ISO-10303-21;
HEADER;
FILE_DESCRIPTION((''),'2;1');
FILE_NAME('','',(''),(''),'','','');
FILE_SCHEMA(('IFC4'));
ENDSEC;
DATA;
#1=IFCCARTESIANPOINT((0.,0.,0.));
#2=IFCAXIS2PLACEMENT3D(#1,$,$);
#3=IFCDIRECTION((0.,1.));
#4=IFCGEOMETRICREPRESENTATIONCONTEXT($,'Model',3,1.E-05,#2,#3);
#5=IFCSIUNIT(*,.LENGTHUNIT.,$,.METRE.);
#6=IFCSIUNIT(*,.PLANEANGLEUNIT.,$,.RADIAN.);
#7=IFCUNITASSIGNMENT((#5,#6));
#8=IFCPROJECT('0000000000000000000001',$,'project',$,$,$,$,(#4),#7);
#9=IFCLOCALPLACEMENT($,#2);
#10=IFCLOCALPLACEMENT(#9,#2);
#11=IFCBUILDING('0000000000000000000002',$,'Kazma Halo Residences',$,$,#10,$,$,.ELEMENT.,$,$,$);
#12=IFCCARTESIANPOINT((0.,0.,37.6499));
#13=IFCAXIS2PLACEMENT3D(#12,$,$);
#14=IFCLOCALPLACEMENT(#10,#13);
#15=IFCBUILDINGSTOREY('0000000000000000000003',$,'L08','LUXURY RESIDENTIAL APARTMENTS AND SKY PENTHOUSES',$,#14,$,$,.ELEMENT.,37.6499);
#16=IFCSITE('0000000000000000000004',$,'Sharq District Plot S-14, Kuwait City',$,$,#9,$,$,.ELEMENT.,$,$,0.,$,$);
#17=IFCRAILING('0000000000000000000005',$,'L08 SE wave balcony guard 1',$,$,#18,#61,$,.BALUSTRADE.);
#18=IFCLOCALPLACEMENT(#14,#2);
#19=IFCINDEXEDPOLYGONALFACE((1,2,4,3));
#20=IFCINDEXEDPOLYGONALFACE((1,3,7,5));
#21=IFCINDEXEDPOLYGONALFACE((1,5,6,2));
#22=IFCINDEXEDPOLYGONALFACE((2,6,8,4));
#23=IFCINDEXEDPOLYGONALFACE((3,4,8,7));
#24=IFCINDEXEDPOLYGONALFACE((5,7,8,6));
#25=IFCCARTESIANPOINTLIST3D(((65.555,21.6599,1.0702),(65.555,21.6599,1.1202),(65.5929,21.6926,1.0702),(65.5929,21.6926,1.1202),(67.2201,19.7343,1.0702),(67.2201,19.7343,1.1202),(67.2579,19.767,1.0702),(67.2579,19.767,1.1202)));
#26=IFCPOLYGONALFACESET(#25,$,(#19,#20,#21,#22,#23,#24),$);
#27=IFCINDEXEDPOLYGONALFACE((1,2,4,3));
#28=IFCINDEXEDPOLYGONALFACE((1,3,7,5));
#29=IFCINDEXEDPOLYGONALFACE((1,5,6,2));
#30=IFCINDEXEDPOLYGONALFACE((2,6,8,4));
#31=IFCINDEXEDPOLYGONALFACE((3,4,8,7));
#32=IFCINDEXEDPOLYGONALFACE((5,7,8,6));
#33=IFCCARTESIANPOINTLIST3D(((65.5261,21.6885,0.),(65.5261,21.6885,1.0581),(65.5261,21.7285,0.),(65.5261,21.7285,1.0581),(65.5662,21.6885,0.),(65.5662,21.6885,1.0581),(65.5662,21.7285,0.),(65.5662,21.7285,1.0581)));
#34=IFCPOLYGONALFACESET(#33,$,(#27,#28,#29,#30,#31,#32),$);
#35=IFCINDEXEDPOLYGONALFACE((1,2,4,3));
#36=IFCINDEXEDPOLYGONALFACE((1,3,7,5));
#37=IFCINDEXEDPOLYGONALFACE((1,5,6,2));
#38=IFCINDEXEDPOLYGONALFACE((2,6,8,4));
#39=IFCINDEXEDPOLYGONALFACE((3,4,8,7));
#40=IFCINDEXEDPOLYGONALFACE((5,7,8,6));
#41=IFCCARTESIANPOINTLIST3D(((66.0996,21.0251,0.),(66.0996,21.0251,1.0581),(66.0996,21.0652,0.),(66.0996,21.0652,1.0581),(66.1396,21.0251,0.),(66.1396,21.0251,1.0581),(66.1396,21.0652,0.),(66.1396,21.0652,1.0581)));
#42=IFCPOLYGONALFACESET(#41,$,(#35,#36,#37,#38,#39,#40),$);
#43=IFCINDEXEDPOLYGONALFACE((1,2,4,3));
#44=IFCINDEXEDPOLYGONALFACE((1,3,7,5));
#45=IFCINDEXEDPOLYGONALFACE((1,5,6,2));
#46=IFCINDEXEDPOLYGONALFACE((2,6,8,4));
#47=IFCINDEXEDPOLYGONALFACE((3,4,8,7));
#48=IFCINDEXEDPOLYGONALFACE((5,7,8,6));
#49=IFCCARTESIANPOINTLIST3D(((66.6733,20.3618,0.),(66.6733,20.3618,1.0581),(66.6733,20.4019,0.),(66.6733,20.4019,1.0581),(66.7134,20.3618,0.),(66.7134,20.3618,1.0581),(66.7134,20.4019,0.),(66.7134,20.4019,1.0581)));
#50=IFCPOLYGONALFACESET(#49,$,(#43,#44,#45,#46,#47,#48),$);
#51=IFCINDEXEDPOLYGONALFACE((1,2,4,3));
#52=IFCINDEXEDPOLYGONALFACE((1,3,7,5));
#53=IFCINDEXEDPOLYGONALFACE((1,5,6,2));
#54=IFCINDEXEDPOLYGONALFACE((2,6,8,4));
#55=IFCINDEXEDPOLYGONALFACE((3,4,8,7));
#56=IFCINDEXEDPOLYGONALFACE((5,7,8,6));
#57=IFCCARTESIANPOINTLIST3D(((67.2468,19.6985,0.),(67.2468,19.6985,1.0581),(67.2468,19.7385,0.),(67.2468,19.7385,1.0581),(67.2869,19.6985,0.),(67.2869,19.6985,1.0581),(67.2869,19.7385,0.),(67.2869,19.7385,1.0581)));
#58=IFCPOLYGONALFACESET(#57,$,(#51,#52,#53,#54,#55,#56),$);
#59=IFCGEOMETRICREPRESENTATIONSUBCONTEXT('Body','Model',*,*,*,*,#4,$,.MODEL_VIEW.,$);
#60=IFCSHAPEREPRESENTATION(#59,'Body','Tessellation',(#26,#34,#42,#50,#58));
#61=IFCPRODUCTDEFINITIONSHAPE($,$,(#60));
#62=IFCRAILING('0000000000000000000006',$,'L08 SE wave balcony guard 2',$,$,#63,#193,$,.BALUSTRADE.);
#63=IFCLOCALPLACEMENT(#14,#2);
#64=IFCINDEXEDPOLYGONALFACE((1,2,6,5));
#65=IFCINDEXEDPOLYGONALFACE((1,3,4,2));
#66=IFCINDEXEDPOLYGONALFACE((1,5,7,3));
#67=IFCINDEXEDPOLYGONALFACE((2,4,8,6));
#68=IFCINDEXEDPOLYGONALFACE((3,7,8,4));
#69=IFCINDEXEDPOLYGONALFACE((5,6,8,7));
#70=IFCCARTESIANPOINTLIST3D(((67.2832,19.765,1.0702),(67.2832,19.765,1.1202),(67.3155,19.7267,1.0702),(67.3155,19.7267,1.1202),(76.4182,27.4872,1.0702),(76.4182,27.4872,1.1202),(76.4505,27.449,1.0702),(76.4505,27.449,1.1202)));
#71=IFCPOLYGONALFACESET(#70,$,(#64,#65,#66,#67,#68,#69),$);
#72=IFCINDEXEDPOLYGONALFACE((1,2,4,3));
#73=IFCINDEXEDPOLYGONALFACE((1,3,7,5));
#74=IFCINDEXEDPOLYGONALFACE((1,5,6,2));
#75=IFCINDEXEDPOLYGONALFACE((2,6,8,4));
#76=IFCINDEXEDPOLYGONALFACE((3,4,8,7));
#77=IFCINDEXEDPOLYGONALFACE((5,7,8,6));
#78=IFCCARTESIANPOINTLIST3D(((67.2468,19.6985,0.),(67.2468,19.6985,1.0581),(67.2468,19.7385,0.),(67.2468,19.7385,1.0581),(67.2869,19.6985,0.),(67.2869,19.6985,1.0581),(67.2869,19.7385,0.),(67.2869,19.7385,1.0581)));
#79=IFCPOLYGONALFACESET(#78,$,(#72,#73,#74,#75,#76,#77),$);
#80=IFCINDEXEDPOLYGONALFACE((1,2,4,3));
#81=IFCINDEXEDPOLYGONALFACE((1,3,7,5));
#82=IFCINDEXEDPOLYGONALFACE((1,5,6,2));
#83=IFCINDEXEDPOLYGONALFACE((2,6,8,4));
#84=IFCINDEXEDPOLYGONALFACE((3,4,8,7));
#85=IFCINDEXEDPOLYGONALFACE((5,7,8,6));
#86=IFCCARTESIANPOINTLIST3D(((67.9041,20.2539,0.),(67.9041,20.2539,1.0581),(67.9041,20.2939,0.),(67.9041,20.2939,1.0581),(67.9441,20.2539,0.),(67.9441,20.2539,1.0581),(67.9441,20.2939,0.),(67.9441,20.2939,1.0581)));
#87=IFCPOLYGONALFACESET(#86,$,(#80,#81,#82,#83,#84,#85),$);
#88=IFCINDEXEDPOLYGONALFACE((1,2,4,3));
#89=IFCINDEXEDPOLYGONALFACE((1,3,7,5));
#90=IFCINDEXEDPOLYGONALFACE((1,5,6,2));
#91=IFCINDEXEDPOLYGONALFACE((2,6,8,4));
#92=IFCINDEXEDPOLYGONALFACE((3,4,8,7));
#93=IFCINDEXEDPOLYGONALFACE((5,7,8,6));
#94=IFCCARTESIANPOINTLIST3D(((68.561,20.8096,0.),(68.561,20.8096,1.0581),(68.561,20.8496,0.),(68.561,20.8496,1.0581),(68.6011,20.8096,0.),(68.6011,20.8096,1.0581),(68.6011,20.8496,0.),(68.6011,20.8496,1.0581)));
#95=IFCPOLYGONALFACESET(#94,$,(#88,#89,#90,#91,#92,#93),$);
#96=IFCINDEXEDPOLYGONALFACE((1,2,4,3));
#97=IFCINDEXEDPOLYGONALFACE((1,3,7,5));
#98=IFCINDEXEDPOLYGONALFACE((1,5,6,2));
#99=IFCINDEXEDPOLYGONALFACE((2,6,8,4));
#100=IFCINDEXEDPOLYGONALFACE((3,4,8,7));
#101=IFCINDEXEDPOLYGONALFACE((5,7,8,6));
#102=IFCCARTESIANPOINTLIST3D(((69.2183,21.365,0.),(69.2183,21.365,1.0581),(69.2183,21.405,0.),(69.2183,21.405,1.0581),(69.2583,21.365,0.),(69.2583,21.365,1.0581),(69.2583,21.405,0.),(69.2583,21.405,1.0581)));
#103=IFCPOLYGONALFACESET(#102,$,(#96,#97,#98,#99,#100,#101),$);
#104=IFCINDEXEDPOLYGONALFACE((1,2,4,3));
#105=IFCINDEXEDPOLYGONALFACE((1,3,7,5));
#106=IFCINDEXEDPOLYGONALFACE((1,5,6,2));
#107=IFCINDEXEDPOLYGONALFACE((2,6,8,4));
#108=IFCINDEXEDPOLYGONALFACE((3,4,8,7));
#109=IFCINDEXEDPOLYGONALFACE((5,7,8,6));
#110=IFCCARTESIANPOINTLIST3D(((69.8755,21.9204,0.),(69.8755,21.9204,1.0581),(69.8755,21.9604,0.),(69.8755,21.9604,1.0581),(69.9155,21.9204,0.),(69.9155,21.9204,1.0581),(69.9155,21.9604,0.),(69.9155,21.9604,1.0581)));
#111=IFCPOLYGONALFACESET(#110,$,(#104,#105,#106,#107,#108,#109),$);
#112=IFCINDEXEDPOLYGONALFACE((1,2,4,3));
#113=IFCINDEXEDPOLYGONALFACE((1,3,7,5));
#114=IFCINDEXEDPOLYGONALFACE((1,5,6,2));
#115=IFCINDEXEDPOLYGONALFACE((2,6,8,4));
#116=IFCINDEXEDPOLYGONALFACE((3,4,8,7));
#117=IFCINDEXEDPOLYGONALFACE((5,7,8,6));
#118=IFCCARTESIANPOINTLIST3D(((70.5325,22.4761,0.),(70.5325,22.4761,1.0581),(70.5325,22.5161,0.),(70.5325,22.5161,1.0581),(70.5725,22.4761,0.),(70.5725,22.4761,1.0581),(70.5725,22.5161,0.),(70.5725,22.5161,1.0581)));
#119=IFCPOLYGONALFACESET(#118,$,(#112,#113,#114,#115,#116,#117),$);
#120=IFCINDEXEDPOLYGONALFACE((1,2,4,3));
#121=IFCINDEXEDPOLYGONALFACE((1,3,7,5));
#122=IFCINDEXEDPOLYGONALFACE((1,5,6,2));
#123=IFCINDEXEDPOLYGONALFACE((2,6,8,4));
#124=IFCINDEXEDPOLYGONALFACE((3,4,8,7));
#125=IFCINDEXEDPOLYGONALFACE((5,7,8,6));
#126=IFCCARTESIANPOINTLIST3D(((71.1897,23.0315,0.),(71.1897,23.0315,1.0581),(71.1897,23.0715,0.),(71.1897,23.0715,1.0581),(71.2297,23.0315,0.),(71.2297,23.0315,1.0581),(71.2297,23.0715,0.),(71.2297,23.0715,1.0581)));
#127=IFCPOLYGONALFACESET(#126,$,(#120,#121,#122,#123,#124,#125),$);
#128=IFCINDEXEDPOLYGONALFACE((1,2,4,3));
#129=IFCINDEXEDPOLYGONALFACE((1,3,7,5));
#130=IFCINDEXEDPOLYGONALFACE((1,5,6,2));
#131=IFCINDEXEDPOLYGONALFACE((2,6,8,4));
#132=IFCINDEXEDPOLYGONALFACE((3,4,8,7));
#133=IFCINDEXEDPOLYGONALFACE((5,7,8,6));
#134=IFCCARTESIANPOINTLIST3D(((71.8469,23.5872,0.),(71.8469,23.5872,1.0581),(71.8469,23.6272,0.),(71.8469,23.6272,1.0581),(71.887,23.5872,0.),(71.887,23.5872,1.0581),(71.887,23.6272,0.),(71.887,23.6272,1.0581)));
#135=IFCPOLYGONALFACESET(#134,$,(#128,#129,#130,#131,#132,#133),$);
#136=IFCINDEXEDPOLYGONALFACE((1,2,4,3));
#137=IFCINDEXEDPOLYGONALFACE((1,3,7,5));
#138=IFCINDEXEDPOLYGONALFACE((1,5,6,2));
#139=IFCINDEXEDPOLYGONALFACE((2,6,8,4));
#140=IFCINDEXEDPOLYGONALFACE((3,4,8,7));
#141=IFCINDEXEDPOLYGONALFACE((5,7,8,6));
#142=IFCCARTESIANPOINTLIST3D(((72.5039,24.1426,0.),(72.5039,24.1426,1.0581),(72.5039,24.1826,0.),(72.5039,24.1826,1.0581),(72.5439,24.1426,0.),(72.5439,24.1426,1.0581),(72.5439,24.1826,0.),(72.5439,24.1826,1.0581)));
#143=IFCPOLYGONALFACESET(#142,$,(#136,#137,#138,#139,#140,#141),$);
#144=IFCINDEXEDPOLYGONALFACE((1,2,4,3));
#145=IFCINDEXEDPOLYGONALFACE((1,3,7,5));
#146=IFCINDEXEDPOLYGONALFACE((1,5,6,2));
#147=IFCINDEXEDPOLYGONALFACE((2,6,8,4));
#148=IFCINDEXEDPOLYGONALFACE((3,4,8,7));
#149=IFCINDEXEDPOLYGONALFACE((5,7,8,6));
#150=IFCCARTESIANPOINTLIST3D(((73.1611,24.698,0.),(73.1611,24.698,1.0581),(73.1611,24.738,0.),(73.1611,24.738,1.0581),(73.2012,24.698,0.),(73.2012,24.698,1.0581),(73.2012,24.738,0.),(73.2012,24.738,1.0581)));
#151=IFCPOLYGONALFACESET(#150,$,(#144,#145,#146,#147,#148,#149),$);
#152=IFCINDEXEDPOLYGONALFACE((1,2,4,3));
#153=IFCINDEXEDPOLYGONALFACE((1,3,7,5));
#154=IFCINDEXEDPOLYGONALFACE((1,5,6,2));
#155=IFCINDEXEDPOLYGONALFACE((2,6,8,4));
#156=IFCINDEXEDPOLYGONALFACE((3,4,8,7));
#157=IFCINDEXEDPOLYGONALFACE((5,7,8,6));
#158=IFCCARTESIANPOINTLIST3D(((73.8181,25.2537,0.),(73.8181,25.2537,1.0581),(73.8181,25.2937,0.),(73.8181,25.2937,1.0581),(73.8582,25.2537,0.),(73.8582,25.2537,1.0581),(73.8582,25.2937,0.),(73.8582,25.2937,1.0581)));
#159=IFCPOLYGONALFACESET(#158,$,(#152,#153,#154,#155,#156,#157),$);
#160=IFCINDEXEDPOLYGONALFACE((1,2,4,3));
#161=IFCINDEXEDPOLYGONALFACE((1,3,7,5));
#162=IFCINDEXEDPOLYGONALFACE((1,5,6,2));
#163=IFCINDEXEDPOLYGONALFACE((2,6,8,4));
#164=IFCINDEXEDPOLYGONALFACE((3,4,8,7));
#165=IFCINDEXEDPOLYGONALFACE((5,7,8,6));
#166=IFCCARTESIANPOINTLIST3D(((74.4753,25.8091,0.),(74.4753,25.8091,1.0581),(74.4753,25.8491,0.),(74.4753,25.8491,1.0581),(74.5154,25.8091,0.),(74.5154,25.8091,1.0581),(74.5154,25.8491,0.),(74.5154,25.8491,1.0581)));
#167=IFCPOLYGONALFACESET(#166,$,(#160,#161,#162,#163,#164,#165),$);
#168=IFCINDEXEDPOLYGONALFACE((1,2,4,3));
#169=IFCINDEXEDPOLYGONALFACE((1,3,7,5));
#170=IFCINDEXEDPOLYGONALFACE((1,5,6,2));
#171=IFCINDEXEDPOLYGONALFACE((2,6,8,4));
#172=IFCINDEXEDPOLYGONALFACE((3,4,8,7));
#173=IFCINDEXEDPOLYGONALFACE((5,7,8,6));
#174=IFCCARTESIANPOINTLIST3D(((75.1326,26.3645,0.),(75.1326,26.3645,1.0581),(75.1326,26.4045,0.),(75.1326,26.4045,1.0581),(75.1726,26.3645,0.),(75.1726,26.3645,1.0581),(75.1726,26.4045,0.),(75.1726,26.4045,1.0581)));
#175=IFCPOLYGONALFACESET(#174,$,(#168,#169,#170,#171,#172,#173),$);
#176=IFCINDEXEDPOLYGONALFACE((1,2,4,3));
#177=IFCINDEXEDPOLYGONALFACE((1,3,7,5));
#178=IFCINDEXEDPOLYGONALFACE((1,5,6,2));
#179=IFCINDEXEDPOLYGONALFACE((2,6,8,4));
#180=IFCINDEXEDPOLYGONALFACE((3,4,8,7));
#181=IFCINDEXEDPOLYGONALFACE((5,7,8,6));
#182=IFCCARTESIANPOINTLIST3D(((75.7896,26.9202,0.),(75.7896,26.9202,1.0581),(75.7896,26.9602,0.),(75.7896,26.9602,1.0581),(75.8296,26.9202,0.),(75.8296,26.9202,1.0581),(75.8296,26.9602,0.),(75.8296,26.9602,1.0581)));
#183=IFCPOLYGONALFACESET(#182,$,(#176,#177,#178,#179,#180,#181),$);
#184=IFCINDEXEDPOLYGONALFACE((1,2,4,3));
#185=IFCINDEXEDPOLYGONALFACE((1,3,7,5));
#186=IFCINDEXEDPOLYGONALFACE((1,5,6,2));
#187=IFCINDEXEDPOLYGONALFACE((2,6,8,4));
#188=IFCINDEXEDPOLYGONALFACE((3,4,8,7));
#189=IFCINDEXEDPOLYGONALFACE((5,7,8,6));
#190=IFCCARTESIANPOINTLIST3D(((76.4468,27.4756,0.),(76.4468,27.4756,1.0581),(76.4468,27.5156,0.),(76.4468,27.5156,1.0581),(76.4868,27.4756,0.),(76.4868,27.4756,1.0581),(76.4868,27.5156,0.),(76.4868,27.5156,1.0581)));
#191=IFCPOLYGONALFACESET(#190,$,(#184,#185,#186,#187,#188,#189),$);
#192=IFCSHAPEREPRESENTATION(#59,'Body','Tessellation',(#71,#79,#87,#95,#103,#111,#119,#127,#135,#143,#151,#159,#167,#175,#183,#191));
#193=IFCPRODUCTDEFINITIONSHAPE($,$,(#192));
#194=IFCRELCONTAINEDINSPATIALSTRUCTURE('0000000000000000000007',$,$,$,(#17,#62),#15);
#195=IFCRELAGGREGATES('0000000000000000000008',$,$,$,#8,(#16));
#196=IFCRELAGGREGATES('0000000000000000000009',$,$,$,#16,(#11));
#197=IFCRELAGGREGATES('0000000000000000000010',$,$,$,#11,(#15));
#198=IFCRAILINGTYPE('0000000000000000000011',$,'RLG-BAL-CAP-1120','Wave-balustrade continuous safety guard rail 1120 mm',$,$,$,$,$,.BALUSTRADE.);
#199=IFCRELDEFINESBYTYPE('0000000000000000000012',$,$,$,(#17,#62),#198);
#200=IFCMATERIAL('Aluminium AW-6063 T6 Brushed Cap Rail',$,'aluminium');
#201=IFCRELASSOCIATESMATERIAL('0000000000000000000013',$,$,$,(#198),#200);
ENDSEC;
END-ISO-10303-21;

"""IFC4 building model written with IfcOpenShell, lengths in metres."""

from ifc_helpers import new_model, si_unit, direction, frame, origin, origin_2d, place, context, subcontext, project, spatial, rectangle, extrude, material, type_object, element, save


model = new_model("IFC4")

# Units and contexts
model_context = context("Model", 3, precision=1e-05, world=origin(), true_north=direction((0.0, 1.0)))
body_context = subcontext(model_context, "Body", "Model", "MODEL_VIEW")
ifc_project = project(units=[si_unit("LENGTHUNIT", "METRE"), si_unit("PLANEANGLEUNIT", "RADIAN")], contexts=[model_context])

# Site, building, storey
site_placement = place(None, origin())
site = spatial("IfcSite", under=ifc_project, at=site_placement, Name="Sharq District Plot S-14, Kuwait City", CompositionType="ELEMENT", RefElevation=0.0)
building_placement = place(site_placement, origin())
building = spatial("IfcBuilding", under=site, at=building_placement, Name="Kazma Halo Residences", CompositionType="ELEMENT")
storey_placement = place(building_placement, frame((0.0, 0.0, 37.6499)))
storey = spatial("IfcBuildingStorey", under=building, at=storey_placement, Name="L08", Description="LUXURY RESIDENTIAL APARTMENTS AND SKY PENTHOUSES", CompositionType="ELEMENT", Elevation=37.6499)

# Railings
ifc_material_1 = material(Name="Aluminium AW-6063 T6 Brushed Cap Rail", Category="aluminium")
railing_type = type_object("IfcRailingType", Name="RLG-BAL-CAP-1120", Description="Wave-balustrade continuous safety guard rail 1120 mm", PredefinedType="BALUSTRADE", material=ifc_material_1)
railing_1_placement = place(storey_placement, frame((65.5461, 21.7085, 0.0)))
element("IfcRailing", 1, at=railing_1_placement, inside=storey, type_object=railing_type, Name="L08 SE wave balcony guard 1", PredefinedType="BALUSTRADE", context=body_context, shape_type="SweptSolid", body=[
    extrude(rectangle(XDim=0.05, YDim=0.05, at=origin_2d()), frame((0.0278, -0.0322, 1.0952), z_axis=(0.654072, -0.756433, 0.0), x_axis=(0.756433, 0.654072, 0.0)), (0.0, 0.0, 1.0), 2.5457),
    extrude(rectangle(XDim=0.04, YDim=0.04, at=origin_2d()), origin(), (0.0, 0.0, 1.0), 1.0581),
    extrude(rectangle(XDim=0.04, YDim=0.04, at=origin_2d()), frame((0.5735, -0.6633, 0.0)), (0.0, 0.0, 1.0), 1.0581),
    extrude(rectangle(XDim=0.04, YDim=0.04, at=origin_2d()), frame((1.1472, -1.3267, 0.0)), (0.0, 0.0, 1.0), 1.0581),
    extrude(rectangle(XDim=0.04, YDim=0.04, at=origin_2d()), frame((1.7207, -1.99, 0.0)), (0.0, 0.0, 1.0), 1.0581),
])
railing_2_placement = place(storey_placement, frame((67.2668, 19.7185, 0.0)))
element("IfcRailing", 2, at=railing_2_placement, inside=storey, type_object=railing_type, Name="L08 SE wave balcony guard 2", PredefinedType="BALUSTRADE", context=body_context, shape_type="SweptSolid", body=[
    extrude(rectangle(XDim=0.05, YDim=0.05, at=origin_2d()), frame((0.0325, 0.0273, 1.0952), z_axis=(0.763692, 0.645581, 0.0), x_axis=(-0.645581, 0.763692, 0.0)), (0.0, 0.0, 1.0), 11.9617),
    extrude(rectangle(XDim=0.04, YDim=0.04, at=origin_2d()), origin(), (0.0, 0.0, 1.0), 1.0581),
    extrude(rectangle(XDim=0.04, YDim=0.04, at=origin_2d()), frame((0.6572, 0.5554, 0.0)), (0.0, 0.0, 1.0), 1.0581),
    extrude(rectangle(XDim=0.04, YDim=0.04, at=origin_2d()), frame((1.3142, 1.1111, 0.0)), (0.0, 0.0, 1.0), 1.0581),
    extrude(rectangle(XDim=0.04, YDim=0.04, at=origin_2d()), frame((1.9714, 1.6665, 0.0)), (0.0, 0.0, 1.0), 1.0581),
    extrude(rectangle(XDim=0.04, YDim=0.04, at=origin_2d()), frame((2.6287, 2.2219, 0.0)), (0.0, 0.0, 1.0), 1.0581),
    extrude(rectangle(XDim=0.04, YDim=0.04, at=origin_2d()), frame((3.2856, 2.7776, 0.0)), (0.0, 0.0, 1.0), 1.0581),
    extrude(rectangle(XDim=0.04, YDim=0.04, at=origin_2d()), frame((3.9429, 3.333, 0.0)), (0.0, 0.0, 1.0), 1.0581),
    extrude(rectangle(XDim=0.04, YDim=0.04, at=origin_2d()), frame((4.6001, 3.8887, 0.0)), (0.0, 0.0, 1.0), 1.0581),
    extrude(rectangle(XDim=0.04, YDim=0.04, at=origin_2d()), frame((5.2571, 4.4441, 0.0)), (0.0, 0.0, 1.0), 1.0581),
    extrude(rectangle(XDim=0.04, YDim=0.04, at=origin_2d()), frame((5.9143, 4.9995, 0.0)), (0.0, 0.0, 1.0), 1.0581),
    extrude(rectangle(XDim=0.04, YDim=0.04, at=origin_2d()), frame((6.5713, 5.5552, 0.0)), (0.0, 0.0, 1.0), 1.0581),
    extrude(rectangle(XDim=0.04, YDim=0.04, at=origin_2d()), frame((7.2285, 6.1106, 0.0)), (0.0, 0.0, 1.0), 1.0581),
    extrude(rectangle(XDim=0.04, YDim=0.04, at=origin_2d()), frame((7.8857, 6.666, 0.0)), (0.0, 0.0, 1.0), 1.0581),
    extrude(rectangle(XDim=0.04, YDim=0.04, at=origin_2d()), frame((8.5427, 7.2217, 0.0)), (0.0, 0.0, 1.0), 1.0581),
    extrude(rectangle(XDim=0.04, YDim=0.04, at=origin_2d()), frame((9.2, 7.7771, 0.0)), (0.0, 0.0, 1.0), 1.0581),
])

save(model, "model.ifc")
